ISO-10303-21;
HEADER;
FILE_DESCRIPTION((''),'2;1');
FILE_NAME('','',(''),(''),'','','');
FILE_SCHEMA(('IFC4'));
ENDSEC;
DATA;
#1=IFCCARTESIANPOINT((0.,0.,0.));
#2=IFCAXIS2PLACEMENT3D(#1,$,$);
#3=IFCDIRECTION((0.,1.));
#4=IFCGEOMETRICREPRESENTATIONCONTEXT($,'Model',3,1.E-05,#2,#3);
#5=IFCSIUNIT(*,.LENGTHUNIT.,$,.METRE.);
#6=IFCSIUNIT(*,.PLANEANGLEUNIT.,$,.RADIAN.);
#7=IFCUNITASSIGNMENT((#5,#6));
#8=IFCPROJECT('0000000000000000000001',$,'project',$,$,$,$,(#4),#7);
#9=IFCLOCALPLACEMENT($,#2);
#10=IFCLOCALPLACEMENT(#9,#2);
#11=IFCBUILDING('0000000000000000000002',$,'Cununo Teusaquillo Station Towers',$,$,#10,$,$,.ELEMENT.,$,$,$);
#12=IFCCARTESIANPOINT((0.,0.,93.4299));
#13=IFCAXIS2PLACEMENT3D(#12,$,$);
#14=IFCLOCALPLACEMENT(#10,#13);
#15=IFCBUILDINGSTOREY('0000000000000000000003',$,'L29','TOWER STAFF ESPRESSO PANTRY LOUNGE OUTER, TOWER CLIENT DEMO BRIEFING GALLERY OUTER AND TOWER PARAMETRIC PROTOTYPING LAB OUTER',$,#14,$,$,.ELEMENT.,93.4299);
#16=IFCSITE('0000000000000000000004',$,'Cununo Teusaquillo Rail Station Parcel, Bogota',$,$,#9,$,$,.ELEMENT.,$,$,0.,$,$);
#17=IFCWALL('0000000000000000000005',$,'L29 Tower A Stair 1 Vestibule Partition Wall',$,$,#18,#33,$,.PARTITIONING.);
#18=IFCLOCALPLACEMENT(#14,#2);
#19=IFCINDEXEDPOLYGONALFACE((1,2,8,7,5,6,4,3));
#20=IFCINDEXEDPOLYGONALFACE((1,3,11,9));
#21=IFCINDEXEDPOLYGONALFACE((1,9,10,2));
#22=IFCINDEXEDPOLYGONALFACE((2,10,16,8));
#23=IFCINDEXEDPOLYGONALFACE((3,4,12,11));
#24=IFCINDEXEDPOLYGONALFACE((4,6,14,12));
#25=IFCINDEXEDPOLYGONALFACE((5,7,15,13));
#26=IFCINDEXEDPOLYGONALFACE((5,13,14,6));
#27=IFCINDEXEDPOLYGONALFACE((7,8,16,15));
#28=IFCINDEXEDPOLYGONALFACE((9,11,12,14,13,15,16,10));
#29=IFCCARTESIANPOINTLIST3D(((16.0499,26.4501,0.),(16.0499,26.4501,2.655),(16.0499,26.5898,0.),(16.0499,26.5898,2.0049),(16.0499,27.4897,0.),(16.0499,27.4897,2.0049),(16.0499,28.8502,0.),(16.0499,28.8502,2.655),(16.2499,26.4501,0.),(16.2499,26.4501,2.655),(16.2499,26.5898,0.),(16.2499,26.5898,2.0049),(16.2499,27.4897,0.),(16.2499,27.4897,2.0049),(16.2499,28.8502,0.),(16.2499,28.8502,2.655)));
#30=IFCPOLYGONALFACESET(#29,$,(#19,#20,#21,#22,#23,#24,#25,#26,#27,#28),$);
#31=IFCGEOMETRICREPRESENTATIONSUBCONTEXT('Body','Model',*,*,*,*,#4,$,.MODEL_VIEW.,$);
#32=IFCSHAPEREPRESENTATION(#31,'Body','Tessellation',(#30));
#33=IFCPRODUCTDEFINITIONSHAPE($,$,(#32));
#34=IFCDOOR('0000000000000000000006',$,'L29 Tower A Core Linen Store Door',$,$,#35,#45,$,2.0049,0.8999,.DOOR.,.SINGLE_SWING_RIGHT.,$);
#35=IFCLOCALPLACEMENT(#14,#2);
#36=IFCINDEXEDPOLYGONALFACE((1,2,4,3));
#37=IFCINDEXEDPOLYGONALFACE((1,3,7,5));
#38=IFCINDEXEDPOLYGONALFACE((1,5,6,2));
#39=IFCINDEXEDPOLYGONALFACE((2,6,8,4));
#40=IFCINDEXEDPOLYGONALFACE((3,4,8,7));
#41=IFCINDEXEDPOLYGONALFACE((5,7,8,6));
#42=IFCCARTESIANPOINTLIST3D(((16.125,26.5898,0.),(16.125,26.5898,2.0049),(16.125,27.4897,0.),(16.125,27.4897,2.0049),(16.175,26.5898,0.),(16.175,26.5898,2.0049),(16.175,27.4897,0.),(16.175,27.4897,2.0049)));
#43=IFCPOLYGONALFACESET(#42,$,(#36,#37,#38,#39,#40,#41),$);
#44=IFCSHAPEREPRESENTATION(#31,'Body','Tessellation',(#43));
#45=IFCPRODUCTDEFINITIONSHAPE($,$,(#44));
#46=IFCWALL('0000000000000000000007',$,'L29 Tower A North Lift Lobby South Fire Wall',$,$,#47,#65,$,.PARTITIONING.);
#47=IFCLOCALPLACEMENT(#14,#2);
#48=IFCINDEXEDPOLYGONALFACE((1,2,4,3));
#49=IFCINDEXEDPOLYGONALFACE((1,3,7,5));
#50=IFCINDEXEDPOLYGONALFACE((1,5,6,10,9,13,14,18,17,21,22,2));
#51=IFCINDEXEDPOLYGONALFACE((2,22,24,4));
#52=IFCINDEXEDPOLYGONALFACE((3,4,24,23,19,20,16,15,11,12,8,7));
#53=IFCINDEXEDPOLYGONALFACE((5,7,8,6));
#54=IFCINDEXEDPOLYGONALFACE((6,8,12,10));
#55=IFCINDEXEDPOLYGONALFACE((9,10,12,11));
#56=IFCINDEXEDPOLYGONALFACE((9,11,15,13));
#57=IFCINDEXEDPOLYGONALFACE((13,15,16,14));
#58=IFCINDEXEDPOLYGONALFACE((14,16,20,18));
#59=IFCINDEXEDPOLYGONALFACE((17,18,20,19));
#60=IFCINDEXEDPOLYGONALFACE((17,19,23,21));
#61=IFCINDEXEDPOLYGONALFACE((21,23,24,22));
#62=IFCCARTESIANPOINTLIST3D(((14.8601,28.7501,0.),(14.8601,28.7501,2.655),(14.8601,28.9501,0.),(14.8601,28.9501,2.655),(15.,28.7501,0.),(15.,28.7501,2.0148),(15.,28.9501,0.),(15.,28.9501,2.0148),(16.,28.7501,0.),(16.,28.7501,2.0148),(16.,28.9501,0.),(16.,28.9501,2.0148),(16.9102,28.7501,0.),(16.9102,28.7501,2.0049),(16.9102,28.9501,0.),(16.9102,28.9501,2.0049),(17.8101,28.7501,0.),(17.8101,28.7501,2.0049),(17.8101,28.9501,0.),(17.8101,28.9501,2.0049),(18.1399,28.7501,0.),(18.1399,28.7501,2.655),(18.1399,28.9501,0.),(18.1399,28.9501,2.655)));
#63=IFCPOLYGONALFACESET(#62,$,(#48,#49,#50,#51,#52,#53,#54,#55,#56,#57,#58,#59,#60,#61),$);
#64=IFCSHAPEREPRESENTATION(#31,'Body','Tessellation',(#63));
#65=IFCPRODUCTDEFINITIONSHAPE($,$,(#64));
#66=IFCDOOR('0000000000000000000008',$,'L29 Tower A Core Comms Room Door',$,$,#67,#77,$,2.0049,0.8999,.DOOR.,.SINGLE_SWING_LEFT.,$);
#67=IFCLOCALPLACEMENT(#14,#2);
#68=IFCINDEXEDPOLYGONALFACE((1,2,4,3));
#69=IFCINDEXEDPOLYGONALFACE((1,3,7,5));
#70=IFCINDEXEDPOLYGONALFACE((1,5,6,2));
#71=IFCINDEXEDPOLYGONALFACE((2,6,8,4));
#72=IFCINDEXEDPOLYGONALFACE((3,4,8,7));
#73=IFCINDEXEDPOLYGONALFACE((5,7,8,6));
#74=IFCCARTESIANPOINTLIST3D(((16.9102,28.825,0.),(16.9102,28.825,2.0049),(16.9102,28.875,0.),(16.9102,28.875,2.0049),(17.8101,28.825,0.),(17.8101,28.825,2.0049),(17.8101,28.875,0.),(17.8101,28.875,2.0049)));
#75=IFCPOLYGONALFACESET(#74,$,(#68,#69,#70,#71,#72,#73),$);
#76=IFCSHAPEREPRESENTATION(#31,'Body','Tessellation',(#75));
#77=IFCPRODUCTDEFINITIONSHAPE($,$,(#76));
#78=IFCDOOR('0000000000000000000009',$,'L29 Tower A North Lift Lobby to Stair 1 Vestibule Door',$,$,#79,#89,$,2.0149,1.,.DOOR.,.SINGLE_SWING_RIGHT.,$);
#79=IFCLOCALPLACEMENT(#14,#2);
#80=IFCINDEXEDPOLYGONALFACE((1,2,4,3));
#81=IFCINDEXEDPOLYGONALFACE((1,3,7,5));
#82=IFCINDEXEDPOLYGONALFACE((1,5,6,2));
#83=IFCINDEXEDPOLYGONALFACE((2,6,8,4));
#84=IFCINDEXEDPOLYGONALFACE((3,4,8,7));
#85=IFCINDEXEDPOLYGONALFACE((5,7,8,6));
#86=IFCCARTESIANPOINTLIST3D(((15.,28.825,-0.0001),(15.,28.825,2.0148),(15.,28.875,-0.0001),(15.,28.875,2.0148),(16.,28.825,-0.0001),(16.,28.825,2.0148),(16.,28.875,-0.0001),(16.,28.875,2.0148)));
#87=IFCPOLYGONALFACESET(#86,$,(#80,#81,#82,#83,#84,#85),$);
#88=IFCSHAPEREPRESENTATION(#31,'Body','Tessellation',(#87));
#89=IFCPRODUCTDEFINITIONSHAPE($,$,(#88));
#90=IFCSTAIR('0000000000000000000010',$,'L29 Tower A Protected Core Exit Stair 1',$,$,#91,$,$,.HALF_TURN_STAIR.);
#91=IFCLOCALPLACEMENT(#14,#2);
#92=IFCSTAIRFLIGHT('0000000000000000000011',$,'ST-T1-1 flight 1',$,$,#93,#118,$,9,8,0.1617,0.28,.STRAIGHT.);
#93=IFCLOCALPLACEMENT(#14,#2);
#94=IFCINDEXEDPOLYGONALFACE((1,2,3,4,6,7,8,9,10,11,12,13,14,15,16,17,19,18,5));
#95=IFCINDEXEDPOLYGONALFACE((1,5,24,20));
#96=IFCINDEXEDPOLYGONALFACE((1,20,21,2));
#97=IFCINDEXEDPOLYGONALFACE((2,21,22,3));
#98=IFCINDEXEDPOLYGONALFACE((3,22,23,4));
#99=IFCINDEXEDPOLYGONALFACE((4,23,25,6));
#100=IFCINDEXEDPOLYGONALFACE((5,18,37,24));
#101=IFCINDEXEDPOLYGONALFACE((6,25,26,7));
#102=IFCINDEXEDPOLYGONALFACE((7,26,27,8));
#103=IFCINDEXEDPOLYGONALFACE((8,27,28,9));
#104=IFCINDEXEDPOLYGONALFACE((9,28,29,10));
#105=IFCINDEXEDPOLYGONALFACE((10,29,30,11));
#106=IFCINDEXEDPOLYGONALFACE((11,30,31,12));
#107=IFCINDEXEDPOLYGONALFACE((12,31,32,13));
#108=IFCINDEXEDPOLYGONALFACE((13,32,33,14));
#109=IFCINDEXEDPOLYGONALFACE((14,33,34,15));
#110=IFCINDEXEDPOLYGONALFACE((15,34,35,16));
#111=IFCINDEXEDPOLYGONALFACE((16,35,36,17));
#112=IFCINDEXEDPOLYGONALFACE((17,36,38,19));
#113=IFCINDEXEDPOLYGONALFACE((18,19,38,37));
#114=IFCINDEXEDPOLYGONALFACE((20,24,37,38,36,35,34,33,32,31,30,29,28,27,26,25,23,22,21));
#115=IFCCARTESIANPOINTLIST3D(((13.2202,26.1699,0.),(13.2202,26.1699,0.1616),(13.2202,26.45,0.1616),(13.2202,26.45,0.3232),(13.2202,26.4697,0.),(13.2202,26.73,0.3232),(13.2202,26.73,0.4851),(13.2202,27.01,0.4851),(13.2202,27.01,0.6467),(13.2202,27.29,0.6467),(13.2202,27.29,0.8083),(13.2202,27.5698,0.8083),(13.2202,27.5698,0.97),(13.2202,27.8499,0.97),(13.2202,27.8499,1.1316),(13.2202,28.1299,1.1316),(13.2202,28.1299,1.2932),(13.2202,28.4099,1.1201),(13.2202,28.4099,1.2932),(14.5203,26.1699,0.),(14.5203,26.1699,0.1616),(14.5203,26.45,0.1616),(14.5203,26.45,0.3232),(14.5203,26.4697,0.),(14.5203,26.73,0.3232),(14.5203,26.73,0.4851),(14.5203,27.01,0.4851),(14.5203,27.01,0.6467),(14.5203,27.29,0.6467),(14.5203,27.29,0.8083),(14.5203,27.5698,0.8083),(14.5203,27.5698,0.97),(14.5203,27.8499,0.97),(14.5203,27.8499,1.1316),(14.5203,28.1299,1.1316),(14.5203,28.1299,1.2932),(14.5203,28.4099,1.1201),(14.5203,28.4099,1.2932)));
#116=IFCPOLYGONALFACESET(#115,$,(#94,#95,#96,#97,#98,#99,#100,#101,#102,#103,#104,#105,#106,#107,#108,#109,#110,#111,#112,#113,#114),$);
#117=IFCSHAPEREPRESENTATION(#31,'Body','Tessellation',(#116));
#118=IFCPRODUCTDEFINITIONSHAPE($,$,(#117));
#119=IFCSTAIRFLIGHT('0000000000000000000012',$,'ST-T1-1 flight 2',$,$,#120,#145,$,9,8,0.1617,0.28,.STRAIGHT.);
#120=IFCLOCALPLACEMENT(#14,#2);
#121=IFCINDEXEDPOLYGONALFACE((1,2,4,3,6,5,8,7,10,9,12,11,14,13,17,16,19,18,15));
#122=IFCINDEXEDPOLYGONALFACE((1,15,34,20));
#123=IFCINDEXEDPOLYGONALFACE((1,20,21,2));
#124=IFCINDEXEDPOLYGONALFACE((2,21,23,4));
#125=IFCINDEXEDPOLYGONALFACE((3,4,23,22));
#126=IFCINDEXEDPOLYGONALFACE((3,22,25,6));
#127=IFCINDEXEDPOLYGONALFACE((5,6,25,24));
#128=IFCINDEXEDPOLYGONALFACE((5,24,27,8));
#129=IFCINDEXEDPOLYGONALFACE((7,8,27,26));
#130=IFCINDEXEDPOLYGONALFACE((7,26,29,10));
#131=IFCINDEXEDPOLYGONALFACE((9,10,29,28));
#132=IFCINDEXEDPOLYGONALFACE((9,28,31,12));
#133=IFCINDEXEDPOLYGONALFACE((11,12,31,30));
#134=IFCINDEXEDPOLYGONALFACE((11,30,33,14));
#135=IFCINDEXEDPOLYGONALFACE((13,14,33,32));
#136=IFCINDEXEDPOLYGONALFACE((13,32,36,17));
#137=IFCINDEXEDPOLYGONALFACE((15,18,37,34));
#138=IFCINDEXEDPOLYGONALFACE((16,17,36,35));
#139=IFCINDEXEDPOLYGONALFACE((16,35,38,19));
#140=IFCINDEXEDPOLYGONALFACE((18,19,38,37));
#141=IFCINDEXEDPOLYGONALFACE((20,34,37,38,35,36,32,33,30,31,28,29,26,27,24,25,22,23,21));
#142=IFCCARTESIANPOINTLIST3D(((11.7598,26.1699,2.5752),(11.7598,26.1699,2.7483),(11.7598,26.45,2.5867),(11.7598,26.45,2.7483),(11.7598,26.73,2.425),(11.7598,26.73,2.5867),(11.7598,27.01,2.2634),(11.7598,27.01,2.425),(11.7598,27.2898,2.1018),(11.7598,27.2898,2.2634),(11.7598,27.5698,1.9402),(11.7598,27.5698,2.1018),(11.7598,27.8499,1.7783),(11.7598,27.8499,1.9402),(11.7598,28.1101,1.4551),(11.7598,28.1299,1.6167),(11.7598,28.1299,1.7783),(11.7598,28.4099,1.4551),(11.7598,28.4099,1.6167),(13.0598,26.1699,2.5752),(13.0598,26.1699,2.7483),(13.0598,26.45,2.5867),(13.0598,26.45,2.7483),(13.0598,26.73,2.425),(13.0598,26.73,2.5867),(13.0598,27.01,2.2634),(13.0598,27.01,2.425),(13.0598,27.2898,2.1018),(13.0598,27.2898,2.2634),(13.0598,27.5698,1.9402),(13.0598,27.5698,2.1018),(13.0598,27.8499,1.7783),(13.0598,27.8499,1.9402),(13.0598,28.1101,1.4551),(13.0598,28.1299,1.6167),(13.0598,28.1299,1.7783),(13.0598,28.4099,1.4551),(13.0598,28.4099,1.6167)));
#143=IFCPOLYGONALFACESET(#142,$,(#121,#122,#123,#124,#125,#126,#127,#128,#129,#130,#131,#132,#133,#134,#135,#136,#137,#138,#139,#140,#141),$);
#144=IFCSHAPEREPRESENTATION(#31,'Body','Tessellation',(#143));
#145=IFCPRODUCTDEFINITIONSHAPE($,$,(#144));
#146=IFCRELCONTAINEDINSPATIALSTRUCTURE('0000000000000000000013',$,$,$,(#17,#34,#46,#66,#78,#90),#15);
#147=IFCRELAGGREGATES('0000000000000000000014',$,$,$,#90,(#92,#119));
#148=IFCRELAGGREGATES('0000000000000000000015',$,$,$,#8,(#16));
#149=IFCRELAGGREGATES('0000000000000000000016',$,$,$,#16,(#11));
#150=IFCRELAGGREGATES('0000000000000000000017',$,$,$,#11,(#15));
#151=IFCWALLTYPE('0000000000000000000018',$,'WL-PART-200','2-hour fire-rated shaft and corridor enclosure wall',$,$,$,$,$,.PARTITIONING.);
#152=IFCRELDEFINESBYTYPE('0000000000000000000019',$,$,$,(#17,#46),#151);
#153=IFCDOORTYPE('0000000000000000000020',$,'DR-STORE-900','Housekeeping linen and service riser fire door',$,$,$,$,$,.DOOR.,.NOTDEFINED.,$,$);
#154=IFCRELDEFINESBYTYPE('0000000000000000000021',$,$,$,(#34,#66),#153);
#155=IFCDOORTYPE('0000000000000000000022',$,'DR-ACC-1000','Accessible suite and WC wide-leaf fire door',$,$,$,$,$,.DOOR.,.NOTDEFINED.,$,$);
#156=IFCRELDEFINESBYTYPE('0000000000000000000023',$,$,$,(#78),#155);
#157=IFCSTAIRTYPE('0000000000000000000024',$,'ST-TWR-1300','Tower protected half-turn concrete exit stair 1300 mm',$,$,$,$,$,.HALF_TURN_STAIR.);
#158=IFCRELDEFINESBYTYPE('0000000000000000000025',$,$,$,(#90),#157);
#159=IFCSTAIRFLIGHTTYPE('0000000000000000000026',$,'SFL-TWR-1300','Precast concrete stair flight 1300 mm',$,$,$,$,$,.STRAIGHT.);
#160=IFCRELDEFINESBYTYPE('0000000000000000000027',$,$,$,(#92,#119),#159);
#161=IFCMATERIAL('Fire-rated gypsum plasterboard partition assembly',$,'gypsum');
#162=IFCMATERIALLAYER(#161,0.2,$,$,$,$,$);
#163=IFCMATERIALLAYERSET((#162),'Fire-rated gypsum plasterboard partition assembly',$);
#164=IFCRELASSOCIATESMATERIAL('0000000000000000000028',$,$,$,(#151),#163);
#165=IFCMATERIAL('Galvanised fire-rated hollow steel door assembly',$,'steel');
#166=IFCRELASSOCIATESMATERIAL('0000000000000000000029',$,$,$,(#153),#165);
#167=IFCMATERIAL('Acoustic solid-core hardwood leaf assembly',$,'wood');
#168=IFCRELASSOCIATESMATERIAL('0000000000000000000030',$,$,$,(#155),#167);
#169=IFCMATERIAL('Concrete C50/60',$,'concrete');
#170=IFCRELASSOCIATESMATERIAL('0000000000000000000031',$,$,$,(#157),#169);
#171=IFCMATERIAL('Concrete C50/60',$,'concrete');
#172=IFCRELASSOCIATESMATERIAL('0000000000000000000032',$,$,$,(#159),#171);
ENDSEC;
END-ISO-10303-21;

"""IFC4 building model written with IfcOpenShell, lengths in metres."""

from ifc_helpers import new_model, si_unit, direction, frame, frame_2d, origin, place, context, subcontext, project, spatial, polyline, rectangle, outline, extrude, source, transform, mapped, material, layer, layer_set, type_object, element, fill, aggregate, save


model = new_model("IFC4")

# Units and contexts
model_context = context("Model", 3, precision=1e-05, world=origin(), true_north=direction((0.0, 1.0)))
body_context = subcontext(model_context, "Body", "Model", "MODEL_VIEW")
ifc_project = project(units=[si_unit("LENGTHUNIT", "METRE"), si_unit("PLANEANGLEUNIT", "RADIAN")], contexts=[model_context])

# Site, building, storey
site_placement = place(None, origin())
site = spatial("IfcSite", under=ifc_project, at=site_placement, Name="Cununo Teusaquillo Rail Station Parcel, Bogota", CompositionType="ELEMENT", RefElevation=0.0)
building_placement = place(site_placement, origin())
building = spatial("IfcBuilding", under=site, at=building_placement, Name="Cununo Teusaquillo Station Towers", CompositionType="ELEMENT")
storey_placement = place(building_placement, frame((0.0, 0.0, 93.4299)))
storey = spatial("IfcBuildingStorey", under=building, at=storey_placement, Name="L29", Description="TOWER STAFF ESPRESSO PANTRY LOUNGE OUTER, TOWER CLIENT DEMO BRIEFING GALLERY OUTER AND TOWER PARAMETRIC PROTOTYPING LAB OUTER", CompositionType="ELEMENT", Elevation=93.4299)

# Shared definitions
shared_shape_1 = source(origin(), body_context, "Body", "SweptSolid", [
    extrude(rectangle(XDim=0.8999, YDim=2.0049, at=frame_2d((0.45, 1.0024))), frame((0.0, 0.0249, 0.0), z_axis=(0.0, -1.0, 0.0), x_axis=(1.0, 0.0, 0.0)), (0.0, 0.0, 1.0), 0.05),
])

# Wall, opening, door
ifc_material_1 = material(Name="Fire-rated gypsum plasterboard partition assembly", Category="gypsum")
ifc_layer_1 = layer(ifc_material_1, 0.2)
ifc_layer_set_1 = layer_set([ifc_layer_1], Name="Fire-rated gypsum plasterboard partition assembly")
wall_type_1 = type_object("IfcWallType", Name="WL-PART-200", Description="2-hour fire-rated shaft and corridor enclosure wall", PredefinedType="PARTITIONING", material=ifc_layer_set_1)
shared_shape_2 = source(origin(), body_context, "Body", "SweptSolid", [
    extrude(rectangle(XDim=0.8999, YDim=2.0049, at=frame_2d((0.45, 1.0024))), frame((0.0, 0.1099, 0.0), z_axis=(0.0, -1.0, 0.0), x_axis=(1.0, 0.0, 0.0)), (0.0, 0.0, 1.0), 0.22),
])
ifc_material_2 = material(Name="Galvanised fire-rated hollow steel door assembly", Category="steel")
door_type_1 = type_object("IfcDoorType", Name="DR-STORE-900", Description="Housekeeping linen and service riser fire door", OperationType="NOTDEFINED", PredefinedType="DOOR", material=ifc_material_2)
wall_1_placement = place(storey_placement, frame((16.1499, 26.45, 0.0), z_axis=(0.0, 0.0, 1.0), x_axis=(0.0, 1.0, 0.0)))
wall_1 = element("IfcWall", 1, at=wall_1_placement, inside=storey, type_object=wall_type_1, Name="L29 Tower A Stair 1 Vestibule Partition Wall", PredefinedType="PARTITIONING", context=body_context, shape_type="SweptSolid", body=[
    extrude(rectangle(XDim=2.4001, YDim=0.2, at=frame_2d((1.2002, 0.0))), origin(), (0.0, 0.0, 1.0), 2.655),
])
opening_1_placement = place(wall_1_placement, frame((0.1399, 0.0, 0.0)))
opening_1 = element("IfcOpeningElement", 2, at=opening_1_placement, cuts=wall_1, PredefinedType="OPENING", context=body_context, shape_type="MappedRepresentation", body=[
    mapped(shared_shape_2, transform((0.0, 0.0, 0.0), x_axis=(1.0, 0.0, 0.0), y_axis=(0.0, 1.0, 0.0), z_axis=(0.0, 0.0, 1.0), scale=1.0)),
])
door_1_placement = place(opening_1_placement, origin())
door_1 = element("IfcDoor", 3, at=door_1_placement, inside=storey, type_object=door_type_1, Name="L29 Tower A Core Linen Store Door", OperationType="SINGLE_SWING_RIGHT", OverallHeight=2.0049, OverallWidth=0.8999, PredefinedType="DOOR", context=body_context, shape_type="MappedRepresentation", body=[
    mapped(shared_shape_1, transform((0.0, 0.0, 0.0), x_axis=(1.0, 0.0, 0.0), y_axis=(0.0, 1.0, 0.0), z_axis=(0.0, 0.0, 1.0), scale=1.0)),
])
fill(opening_1, door_1)

# Wall, openings, doors
wall_2_placement = place(storey_placement, frame((14.8601, 28.8501, 0.0), z_axis=(0.0, 0.0, 1.0), x_axis=(1.0, 0.0, 0.0)))
wall_2 = element("IfcWall", 4, at=wall_2_placement, inside=storey, type_object=wall_type_1, Name="L29 Tower A North Lift Lobby South Fire Wall", PredefinedType="PARTITIONING", context=body_context, shape_type="SweptSolid", body=[
    extrude(rectangle(XDim=3.2798, YDim=0.2, at=frame_2d((1.6399, 0.0))), origin(), (0.0, 0.0, 1.0), 2.655),
])
shared_shape_3 = source(origin(), body_context, "Body", "SweptSolid", [
    extrude(rectangle(XDim=1.0, YDim=2.0149, at=frame_2d((0.5, 1.0073))), frame((0.0, 0.1099, 0.0), z_axis=(0.0, -1.0, 0.0), x_axis=(1.0, 0.0, 0.0)), (0.0, 0.0, 1.0), 0.22),
])
opening_2_placement = place(wall_2_placement, frame((0.1399, 0.0, 0.0)))
opening_2 = element("IfcOpeningElement", 5, at=opening_2_placement, cuts=wall_2, PredefinedType="OPENING", context=body_context, shape_type="MappedRepresentation", body=[
    mapped(shared_shape_3, transform((0.0, 0.0, 0.0), x_axis=(1.0, 0.0, 0.0), y_axis=(0.0, 1.0, 0.0), z_axis=(0.0, 0.0, 1.0), scale=1.0)),
])
opening_3_placement = place(wall_2_placement, frame((2.05, 0.0, 0.0)))
opening_3 = element("IfcOpeningElement", 6, at=opening_3_placement, cuts=wall_2, PredefinedType="OPENING", context=body_context, shape_type="MappedRepresentation", body=[
    mapped(shared_shape_2, transform((0.0, 0.0, 0.0), x_axis=(1.0, 0.0, 0.0), y_axis=(0.0, 1.0, 0.0), z_axis=(0.0, 0.0, 1.0), scale=1.0)),
])
door_2_placement = place(opening_3_placement, origin())
door_2 = element("IfcDoor", 7, at=door_2_placement, inside=storey, type_object=door_type_1, Name="L29 Tower A Core Comms Room Door", OperationType="SINGLE_SWING_LEFT", OverallHeight=2.0049, OverallWidth=0.8999, PredefinedType="DOOR", context=body_context, shape_type="MappedRepresentation", body=[
    mapped(shared_shape_1, transform((0.0, 0.0, 0.0), x_axis=(1.0, 0.0, 0.0), y_axis=(0.0, 1.0, 0.0), z_axis=(0.0, 0.0, 1.0), scale=1.0)),
])
fill(opening_3, door_2)
ifc_material_3 = material(Name="Acoustic solid-core hardwood leaf assembly", Category="wood")
door_type_2 = type_object("IfcDoorType", Name="DR-ACC-1000", Description="Accessible suite and WC wide-leaf fire door", OperationType="NOTDEFINED", PredefinedType="DOOR", material=ifc_material_3)
shared_shape_4 = source(origin(), body_context, "Body", "SweptSolid", [
    extrude(rectangle(XDim=1.0, YDim=2.0149, at=frame_2d((0.5, 1.0073))), frame((0.0, 0.0249, 0.0), z_axis=(0.0, -1.0, 0.0), x_axis=(1.0, 0.0, 0.0)), (0.0, 0.0, 1.0), 0.05),
])
door_3_placement = place(opening_2_placement, origin())
door_3 = element("IfcDoor", 8, at=door_3_placement, inside=storey, type_object=door_type_2, Name="L29 Tower A North Lift Lobby to Stair 1 Vestibule Door", OperationType="SINGLE_SWING_RIGHT", OverallHeight=2.0149, OverallWidth=1.0, PredefinedType="DOOR", context=body_context, shape_type="MappedRepresentation", body=[
    mapped(shared_shape_4, transform((0.0, 0.0, 0.0), x_axis=(1.0, 0.0, 0.0), y_axis=(0.0, 1.0, 0.0), z_axis=(0.0, 0.0, 1.0), scale=1.0)),
])
fill(opening_2, door_3)

# Stair, stair flights
ifc_material_4 = material(Name="Concrete C50/60", Category="concrete")
stair_type = type_object("IfcStairType", Name="ST-TWR-1300", Description="Tower protected half-turn concrete exit stair 1300 mm", PredefinedType="HALF_TURN_STAIR", material=ifc_material_4)
stair_placement = place(storey_placement, origin())
stair = element("IfcStair", 9, at=stair_placement, inside=storey, type_object=stair_type, Name="L29 Tower A Protected Core Exit Stair 1", PredefinedType="HALF_TURN_STAIR")
ifc_material_5 = material(Name="Concrete C50/60", Category="concrete")
stair_flight_type = type_object("IfcStairFlightType", Name="SFL-TWR-1300", Description="Precast concrete stair flight 1300 mm", PredefinedType="STRAIGHT", material=ifc_material_5)
stair_flight_1_placement = place(storey_placement, frame((13.8701, 26.1699, 0.0), z_axis=(0.0, 0.0, 1.0), x_axis=(0.0, 1.0, 0.0)))
stair_flight_1 = element("IfcStairFlight", 10, at=stair_flight_1_placement, type_object=stair_flight_type, Name="ST-T1-1 flight 1", NumberOfRisers=9, NumberOfTreads=8, PredefinedType="STRAIGHT", RiserHeight=0.1617, TreadLength=0.28, context=body_context, shape_type="SweptSolid", body=[
    extrude(outline(polyline([(0.0, 0.0), (0.0, 0.1616), (0.28, 0.1616), (0.28, 0.3232), (0.5601, 0.3232), (0.5601, 0.4851), (0.8401, 0.4851), (0.8401, 0.6467), (1.1201, 0.6467), (1.1201, 0.8083), (1.3999, 0.8083), (1.3999, 0.97), (1.6799, 0.97), (1.6799, 1.1316), (1.96, 1.1316), (1.96, 1.2932), (2.24, 1.2932), (2.24, 1.4551), (2.24, 1.1201), (0.2998, 0.0), (0.0, 0.0)])), frame((0.0, 0.6499, 0.0), z_axis=(0.0, -1.0, 0.0), x_axis=(1.0, 0.0, 0.0)), (0.0, 0.0, 1.0), 1.3),
])
stair_flight_2_placement = place(storey_placement, frame((12.4099, 28.4099, 1.4551), z_axis=(0.0, 0.0, 1.0), x_axis=(0.0, -1.0, 0.0)))
stair_flight_2 = element("IfcStairFlight", 11, at=stair_flight_2_placement, type_object=stair_flight_type, Name="ST-T1-1 flight 2", NumberOfRisers=9, NumberOfTreads=8, PredefinedType="STRAIGHT", RiserHeight=0.1617, TreadLength=0.28, context=body_context, shape_type="SweptSolid", body=[
    extrude(outline(polyline([(0.0, 0.0), (0.0, 0.1616), (0.28, 0.1616), (0.28, 0.3232), (0.5601, 0.3232), (0.5601, 0.4851), (0.8401, 0.4851), (0.8401, 0.6467), (1.1201, 0.6467), (1.1201, 0.8083), (1.3999, 0.8083), (1.3999, 0.97), (1.6799, 0.97), (1.6799, 1.1316), (1.96, 1.1316), (1.96, 1.2932), (2.24, 1.2932), (2.24, 1.4551), (2.24, 1.1201), (0.2998, 0.0), (0.0, 0.0)])), frame((0.0, 0.6499, 0.0), z_axis=(0.0, -1.0, 0.0), x_axis=(1.0, 0.0, 0.0)), (0.0, 0.0, 1.0), 1.3),
])
aggregate(stair, [stair_flight_1, stair_flight_2])

save(model, "model.ifc")
